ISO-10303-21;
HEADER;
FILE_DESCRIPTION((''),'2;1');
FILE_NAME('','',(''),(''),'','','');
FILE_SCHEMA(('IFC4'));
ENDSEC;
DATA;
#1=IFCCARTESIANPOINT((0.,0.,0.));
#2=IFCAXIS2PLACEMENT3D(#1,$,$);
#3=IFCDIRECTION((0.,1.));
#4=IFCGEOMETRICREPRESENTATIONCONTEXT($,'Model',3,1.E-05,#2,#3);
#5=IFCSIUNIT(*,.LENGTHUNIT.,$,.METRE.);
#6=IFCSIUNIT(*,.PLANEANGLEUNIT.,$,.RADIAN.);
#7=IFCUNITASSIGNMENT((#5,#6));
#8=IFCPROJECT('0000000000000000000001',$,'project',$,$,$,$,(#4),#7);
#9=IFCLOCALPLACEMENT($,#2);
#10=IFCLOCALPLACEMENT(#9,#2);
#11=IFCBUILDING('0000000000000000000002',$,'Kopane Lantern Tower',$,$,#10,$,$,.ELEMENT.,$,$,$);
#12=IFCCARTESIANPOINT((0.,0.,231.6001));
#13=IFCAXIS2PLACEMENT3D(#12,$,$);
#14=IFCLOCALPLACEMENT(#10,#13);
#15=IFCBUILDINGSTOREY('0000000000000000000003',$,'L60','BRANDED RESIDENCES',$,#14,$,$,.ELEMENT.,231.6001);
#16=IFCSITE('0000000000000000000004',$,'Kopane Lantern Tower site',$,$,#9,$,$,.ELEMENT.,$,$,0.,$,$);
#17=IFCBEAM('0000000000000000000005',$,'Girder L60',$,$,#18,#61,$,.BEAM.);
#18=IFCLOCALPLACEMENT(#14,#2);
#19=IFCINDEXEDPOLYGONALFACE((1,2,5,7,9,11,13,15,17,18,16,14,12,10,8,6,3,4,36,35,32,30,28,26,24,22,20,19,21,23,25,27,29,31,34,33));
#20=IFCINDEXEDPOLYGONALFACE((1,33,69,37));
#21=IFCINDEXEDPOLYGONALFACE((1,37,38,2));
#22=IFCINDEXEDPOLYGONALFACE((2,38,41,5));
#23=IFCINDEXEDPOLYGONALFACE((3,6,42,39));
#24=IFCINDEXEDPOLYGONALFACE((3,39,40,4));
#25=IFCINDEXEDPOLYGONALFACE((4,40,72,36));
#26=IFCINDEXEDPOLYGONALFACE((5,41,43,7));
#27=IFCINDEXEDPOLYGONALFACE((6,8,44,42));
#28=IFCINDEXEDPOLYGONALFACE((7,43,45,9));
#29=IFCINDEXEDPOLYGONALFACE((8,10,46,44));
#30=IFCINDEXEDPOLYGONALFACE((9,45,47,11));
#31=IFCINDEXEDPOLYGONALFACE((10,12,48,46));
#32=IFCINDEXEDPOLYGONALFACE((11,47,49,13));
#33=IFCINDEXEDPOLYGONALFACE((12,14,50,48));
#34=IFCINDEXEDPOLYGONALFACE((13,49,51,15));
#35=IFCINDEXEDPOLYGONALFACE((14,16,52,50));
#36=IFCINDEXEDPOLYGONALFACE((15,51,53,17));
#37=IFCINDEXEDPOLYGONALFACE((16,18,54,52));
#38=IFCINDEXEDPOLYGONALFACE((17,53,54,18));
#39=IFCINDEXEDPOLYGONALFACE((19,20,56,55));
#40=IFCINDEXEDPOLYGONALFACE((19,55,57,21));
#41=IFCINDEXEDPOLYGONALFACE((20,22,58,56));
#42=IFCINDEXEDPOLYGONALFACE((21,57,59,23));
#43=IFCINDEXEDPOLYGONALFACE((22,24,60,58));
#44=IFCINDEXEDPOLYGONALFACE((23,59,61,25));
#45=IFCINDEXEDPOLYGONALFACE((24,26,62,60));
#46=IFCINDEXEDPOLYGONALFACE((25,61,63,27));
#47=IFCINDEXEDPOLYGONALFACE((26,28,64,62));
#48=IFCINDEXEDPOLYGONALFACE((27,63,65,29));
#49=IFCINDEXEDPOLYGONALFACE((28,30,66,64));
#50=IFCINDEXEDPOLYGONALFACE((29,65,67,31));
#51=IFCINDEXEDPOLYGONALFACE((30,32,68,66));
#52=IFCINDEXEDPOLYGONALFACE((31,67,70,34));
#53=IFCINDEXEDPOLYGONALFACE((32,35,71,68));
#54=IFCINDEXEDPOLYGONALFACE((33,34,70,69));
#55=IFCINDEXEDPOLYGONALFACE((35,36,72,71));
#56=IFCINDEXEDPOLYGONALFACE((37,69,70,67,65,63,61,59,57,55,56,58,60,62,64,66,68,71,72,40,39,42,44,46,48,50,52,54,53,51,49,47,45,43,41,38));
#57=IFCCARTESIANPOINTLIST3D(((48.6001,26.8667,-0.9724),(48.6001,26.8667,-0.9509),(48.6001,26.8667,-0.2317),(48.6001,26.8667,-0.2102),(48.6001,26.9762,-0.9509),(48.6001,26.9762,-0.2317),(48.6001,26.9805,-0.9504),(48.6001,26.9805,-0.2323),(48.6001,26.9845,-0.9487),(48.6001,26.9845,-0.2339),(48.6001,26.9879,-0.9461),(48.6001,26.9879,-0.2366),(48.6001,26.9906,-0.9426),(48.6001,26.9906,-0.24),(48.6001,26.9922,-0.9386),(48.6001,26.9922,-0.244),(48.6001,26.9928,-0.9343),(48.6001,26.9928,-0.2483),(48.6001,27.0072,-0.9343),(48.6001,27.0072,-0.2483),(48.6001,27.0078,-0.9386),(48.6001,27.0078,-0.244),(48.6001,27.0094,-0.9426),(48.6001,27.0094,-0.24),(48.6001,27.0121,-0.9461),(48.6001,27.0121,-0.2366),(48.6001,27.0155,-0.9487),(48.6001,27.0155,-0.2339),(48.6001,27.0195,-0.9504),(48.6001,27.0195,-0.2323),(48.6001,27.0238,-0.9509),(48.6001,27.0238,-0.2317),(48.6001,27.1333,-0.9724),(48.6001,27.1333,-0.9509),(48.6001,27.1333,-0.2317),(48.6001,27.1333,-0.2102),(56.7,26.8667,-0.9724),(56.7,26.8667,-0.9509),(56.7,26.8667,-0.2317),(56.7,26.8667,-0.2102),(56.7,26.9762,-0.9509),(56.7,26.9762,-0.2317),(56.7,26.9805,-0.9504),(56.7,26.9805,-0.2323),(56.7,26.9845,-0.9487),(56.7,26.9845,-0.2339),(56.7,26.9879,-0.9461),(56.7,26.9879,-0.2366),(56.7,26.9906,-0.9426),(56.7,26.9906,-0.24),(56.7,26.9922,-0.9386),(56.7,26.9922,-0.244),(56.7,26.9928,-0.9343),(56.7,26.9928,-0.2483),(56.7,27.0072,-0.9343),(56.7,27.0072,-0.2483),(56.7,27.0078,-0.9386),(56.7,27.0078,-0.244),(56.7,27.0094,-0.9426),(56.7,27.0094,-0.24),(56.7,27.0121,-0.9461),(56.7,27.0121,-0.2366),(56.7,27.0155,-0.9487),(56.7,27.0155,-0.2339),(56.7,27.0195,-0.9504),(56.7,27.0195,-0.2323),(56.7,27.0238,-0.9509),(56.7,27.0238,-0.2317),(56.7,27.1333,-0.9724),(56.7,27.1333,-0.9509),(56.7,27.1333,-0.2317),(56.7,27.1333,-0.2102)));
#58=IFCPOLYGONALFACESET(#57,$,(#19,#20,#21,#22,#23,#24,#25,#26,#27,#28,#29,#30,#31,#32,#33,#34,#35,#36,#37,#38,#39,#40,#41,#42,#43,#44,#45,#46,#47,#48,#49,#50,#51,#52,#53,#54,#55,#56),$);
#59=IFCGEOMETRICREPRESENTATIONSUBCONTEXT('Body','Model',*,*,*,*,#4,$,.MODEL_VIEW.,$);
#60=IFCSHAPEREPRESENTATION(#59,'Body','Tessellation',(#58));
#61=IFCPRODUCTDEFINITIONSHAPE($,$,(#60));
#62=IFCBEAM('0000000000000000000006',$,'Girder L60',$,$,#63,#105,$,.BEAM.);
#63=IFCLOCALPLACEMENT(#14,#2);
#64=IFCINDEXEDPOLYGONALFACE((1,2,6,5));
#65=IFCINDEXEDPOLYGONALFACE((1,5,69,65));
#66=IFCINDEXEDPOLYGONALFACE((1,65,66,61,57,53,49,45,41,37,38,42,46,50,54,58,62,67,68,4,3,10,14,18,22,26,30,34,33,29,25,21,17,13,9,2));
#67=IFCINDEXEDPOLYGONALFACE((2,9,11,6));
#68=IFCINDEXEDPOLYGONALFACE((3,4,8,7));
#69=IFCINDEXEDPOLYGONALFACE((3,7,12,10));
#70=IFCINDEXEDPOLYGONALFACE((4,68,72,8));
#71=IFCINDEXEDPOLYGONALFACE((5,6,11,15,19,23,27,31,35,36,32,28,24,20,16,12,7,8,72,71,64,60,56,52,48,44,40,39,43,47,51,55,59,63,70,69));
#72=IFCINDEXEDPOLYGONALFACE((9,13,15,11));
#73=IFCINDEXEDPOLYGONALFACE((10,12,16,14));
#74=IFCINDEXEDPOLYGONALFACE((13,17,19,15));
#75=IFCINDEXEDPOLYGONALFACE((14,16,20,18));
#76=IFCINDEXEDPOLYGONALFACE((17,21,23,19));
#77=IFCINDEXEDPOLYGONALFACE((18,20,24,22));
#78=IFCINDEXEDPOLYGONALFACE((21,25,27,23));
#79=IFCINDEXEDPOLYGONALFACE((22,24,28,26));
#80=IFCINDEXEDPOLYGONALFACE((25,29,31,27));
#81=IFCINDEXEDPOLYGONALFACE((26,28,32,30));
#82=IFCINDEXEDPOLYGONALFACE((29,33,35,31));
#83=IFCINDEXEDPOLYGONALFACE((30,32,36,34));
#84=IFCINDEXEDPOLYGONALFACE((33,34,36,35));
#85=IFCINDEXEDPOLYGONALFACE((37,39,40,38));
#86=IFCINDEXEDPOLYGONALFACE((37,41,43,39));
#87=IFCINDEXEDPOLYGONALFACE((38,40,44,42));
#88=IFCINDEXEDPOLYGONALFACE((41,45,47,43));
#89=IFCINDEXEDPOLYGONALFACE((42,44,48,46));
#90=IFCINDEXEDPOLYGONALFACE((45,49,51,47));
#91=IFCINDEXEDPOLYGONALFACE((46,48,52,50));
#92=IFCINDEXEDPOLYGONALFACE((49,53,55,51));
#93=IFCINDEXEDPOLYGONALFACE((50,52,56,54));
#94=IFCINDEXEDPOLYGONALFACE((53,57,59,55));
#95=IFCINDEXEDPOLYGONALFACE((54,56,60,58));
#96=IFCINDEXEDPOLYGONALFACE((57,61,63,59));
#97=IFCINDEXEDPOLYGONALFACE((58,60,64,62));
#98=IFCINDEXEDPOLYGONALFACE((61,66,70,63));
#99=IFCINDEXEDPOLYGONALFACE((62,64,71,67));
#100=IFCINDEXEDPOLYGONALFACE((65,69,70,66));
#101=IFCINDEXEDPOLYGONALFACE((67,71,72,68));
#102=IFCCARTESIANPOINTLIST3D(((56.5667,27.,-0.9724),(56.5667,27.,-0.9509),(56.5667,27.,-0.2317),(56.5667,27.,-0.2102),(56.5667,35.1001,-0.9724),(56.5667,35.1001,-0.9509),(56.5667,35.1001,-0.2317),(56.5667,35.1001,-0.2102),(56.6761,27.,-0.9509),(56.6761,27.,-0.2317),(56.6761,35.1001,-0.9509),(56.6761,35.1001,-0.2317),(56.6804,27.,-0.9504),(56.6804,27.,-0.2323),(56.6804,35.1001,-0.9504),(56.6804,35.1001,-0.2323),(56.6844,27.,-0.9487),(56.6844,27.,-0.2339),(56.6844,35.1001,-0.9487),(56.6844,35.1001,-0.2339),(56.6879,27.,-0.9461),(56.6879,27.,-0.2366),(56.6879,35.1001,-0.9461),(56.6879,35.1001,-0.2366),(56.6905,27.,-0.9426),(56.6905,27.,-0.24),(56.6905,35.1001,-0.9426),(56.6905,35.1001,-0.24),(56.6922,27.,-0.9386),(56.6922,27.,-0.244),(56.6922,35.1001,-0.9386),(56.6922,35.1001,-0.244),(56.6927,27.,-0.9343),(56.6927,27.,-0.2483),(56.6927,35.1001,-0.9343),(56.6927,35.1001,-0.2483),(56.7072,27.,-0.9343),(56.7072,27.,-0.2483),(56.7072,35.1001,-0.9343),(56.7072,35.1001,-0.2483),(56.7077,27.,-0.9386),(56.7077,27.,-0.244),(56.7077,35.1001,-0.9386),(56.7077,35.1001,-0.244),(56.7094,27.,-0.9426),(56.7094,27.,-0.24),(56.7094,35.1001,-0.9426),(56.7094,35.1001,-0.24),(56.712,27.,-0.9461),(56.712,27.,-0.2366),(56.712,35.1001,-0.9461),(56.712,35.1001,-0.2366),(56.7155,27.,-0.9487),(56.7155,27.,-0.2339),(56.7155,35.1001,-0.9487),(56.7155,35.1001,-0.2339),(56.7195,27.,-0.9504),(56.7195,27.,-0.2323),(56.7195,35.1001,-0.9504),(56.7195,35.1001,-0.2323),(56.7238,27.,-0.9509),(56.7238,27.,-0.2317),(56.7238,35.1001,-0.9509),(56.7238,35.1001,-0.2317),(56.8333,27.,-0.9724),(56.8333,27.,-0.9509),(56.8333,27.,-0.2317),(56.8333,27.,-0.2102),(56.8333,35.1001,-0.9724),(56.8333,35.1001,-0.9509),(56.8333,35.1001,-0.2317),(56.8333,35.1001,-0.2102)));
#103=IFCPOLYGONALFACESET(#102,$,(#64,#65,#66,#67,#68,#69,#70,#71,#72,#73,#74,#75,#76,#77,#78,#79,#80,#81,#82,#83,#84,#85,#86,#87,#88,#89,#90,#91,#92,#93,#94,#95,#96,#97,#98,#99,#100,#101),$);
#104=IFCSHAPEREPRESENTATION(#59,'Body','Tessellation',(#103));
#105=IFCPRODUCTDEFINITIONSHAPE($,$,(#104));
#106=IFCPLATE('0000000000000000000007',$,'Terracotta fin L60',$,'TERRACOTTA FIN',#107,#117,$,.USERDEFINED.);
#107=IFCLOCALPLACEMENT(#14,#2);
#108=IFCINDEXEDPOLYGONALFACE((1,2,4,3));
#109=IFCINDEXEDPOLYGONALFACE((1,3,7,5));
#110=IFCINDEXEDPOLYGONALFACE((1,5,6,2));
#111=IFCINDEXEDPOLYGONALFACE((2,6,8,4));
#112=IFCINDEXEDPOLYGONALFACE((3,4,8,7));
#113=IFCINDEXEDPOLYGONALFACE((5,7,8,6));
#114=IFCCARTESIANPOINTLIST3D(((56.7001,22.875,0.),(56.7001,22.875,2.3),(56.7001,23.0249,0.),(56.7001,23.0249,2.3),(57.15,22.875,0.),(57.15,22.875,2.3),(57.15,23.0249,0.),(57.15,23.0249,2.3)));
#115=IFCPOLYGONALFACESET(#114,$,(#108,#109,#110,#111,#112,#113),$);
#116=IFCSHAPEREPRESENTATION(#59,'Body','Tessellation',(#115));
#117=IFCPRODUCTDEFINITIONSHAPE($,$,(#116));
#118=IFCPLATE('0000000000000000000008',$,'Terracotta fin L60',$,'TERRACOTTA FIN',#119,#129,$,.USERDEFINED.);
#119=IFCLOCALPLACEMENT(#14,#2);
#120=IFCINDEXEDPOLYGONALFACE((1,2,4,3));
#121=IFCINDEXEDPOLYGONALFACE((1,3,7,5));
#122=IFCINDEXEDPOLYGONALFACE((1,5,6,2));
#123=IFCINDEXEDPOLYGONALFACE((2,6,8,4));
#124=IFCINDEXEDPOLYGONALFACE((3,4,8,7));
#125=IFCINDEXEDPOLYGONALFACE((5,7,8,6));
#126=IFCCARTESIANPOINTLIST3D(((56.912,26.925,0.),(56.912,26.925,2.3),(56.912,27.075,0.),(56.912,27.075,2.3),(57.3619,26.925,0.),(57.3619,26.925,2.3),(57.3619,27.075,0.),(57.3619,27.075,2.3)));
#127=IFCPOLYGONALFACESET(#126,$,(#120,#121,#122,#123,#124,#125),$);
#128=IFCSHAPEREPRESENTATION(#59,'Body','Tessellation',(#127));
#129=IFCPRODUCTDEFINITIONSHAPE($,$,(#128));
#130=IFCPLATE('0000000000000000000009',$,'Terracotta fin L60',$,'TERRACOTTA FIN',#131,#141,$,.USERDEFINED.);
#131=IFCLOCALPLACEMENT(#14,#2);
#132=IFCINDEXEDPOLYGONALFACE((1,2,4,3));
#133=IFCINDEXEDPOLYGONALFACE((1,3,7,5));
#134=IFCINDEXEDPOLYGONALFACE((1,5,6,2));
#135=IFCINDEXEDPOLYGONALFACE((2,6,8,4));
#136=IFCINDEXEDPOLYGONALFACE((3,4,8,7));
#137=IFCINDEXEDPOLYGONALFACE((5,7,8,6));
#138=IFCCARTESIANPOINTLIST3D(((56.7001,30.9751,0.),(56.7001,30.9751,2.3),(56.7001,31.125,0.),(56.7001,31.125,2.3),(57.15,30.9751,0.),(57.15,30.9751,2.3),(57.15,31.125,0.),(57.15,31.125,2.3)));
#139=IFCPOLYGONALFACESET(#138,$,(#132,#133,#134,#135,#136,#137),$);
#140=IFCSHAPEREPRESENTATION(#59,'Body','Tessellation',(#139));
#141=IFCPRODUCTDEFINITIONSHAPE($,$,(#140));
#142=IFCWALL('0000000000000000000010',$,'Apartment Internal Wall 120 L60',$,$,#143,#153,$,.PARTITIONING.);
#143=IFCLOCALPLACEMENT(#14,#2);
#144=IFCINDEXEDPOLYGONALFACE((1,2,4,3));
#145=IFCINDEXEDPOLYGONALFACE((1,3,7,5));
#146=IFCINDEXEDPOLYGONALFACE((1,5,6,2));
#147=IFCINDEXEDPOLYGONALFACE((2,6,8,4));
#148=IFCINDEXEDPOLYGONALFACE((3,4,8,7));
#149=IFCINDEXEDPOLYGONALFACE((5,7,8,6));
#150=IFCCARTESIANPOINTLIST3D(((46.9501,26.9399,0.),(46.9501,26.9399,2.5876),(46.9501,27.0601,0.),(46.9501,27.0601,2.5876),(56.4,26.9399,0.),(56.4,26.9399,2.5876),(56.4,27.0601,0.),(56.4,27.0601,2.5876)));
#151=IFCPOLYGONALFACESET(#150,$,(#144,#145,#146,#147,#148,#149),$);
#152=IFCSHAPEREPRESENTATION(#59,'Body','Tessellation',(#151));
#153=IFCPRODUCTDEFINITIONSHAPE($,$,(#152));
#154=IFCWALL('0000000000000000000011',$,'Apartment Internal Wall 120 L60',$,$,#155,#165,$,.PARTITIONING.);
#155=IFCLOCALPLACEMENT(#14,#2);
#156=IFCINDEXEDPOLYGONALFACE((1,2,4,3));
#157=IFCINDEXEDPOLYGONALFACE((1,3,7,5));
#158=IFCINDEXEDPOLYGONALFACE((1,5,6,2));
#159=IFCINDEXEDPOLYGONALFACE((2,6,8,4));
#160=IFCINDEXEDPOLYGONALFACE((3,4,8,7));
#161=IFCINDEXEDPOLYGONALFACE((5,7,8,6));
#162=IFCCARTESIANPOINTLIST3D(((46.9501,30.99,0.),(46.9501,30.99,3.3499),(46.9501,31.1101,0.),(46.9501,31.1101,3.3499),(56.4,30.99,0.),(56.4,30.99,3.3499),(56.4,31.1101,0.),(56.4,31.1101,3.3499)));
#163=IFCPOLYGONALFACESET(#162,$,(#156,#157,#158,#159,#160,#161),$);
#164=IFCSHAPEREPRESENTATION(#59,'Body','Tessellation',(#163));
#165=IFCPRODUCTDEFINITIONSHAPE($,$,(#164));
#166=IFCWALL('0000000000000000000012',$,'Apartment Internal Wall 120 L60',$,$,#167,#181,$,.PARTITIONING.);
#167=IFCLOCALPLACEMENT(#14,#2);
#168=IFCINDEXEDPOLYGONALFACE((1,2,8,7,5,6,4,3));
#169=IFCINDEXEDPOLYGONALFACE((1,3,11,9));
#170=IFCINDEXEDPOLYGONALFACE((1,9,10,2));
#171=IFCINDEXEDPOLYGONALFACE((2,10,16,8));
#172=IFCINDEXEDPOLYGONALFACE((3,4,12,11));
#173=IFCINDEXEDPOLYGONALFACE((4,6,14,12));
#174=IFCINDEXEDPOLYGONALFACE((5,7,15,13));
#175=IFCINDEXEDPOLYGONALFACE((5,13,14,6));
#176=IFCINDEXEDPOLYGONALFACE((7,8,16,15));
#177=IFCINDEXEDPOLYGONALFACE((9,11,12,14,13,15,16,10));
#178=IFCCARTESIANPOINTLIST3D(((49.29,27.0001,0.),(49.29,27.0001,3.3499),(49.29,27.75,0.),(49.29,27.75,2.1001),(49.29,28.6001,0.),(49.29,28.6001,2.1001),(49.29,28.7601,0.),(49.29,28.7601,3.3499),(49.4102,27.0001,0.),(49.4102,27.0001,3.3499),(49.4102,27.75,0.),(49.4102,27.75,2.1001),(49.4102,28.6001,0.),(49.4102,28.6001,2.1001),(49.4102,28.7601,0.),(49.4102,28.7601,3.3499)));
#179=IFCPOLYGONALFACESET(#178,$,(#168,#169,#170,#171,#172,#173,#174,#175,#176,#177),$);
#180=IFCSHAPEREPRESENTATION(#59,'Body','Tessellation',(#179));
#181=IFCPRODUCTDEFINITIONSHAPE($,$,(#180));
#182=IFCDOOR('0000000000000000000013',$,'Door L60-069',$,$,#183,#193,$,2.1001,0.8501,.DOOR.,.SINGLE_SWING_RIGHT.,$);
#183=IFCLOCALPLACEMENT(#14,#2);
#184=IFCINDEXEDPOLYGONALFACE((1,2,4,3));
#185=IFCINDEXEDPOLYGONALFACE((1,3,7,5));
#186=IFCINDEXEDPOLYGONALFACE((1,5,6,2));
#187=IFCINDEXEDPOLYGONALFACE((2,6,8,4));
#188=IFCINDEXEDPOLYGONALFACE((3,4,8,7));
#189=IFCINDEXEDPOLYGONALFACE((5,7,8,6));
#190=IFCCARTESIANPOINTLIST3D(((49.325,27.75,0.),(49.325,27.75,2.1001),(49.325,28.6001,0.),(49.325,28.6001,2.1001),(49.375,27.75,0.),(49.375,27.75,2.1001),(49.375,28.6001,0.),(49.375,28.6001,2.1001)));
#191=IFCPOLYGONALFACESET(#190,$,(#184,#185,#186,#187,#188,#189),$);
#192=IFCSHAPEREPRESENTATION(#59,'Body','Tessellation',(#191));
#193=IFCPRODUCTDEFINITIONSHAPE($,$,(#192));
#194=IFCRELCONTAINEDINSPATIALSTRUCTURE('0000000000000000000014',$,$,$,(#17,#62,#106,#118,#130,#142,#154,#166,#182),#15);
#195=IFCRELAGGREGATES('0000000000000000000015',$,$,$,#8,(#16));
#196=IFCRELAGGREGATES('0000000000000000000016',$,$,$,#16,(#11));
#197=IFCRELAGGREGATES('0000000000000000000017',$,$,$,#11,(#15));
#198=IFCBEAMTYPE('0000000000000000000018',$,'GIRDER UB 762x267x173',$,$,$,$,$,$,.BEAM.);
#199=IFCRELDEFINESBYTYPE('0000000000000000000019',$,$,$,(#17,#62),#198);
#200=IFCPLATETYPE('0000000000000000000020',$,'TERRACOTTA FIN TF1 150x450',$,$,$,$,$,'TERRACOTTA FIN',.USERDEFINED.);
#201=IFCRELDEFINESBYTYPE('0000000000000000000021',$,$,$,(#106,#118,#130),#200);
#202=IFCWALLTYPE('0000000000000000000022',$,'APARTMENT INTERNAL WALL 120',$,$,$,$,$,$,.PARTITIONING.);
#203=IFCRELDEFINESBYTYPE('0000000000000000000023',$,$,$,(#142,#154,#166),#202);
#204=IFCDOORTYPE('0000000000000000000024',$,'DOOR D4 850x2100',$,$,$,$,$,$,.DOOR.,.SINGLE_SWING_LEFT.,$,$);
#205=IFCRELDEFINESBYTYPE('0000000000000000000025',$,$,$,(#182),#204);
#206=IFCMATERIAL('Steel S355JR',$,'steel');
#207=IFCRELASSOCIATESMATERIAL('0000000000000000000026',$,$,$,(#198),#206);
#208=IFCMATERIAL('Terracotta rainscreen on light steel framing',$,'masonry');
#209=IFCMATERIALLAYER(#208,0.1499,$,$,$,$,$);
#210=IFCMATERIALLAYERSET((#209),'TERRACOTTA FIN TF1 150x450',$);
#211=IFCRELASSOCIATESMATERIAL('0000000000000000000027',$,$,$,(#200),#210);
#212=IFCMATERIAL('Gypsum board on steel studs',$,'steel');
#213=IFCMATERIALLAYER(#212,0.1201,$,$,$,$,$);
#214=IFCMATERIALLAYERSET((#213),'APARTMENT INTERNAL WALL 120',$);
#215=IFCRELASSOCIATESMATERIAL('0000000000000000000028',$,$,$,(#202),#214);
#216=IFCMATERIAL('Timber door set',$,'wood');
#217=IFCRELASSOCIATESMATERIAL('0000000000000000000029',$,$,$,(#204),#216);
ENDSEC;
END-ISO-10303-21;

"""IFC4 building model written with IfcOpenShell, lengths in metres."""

from ifc_helpers import new_model, si_unit, direction, frame, frame_2d, origin, origin_2d, place, context, subcontext, project, spatial, rectangle, i_section, extrude, material, layer, layer_set, material_profile, profile_set, type_object, element, fill, save


model = new_model("IFC4")

# Units and contexts
model_context = context("Model", 3, precision=1e-05, world=origin(), true_north=direction((0.0, 1.0)))
body_context = subcontext(model_context, "Body", "Model", "MODEL_VIEW")
ifc_project = project(units=[si_unit("LENGTHUNIT", "METRE"), si_unit("PLANEANGLEUNIT", "RADIAN")], contexts=[model_context])

# Site, building, storey
site_placement = place(None, origin())
site = spatial("IfcSite", under=ifc_project, at=site_placement, Name="Kopane Lantern Tower site", CompositionType="ELEMENT", RefElevation=0.0)
building_placement = place(site_placement, origin())
building = spatial("IfcBuilding", under=site, at=building_placement, Name="Kopane Lantern Tower", CompositionType="ELEMENT")
storey_placement = place(building_placement, frame((0.0, 0.0, 231.6001)))
storey = spatial("IfcBuildingStorey", under=building, at=storey_placement, Name="L60", Description="BRANDED RESIDENCES", CompositionType="ELEMENT", Elevation=231.6001)

# Beams
ifc_material_1 = material(Name="Steel S355JR", Category="steel")
ifc_material_profile_1 = material_profile(ifc_material_1, i_section(OverallWidth=0.2666, OverallDepth=0.7622, WebThickness=0.0144, FlangeThickness=0.0215, FilletRadius=0.0166, at=origin_2d()), Name="UB 762x267x173")
ifc_profile_set_1 = profile_set([ifc_material_profile_1], Name="Steel S355JR")
beam_type = type_object("IfcBeamType", Name="GIRDER UB 762x267x173", PredefinedType="BEAM", material=ifc_profile_set_1)
beam_1_placement = place(storey_placement, frame((48.6001, 27.0, -0.5913), z_axis=(1.0, 0.0, 0.0), x_axis=(0.0, 1.0, 0.0)))
element("IfcBeam", 1, at=beam_1_placement, inside=storey, type_object=beam_type, Name="Girder L60", PredefinedType="BEAM", context=body_context, shape_type="SweptSolid", body=[
    extrude(i_section(OverallWidth=0.2666, OverallDepth=0.7622, WebThickness=0.0144, FlangeThickness=0.0215, FilletRadius=0.0166, at=origin_2d()), origin(), (0.0, 0.0, 1.0), 8.0999),
])
beam_2_placement = place(storey_placement, frame((56.7, 27.0, -0.5913), z_axis=(0.0, 1.0, 0.0), x_axis=(-1.0, 0.0, 0.0)))
element("IfcBeam", 2, at=beam_2_placement, inside=storey, type_object=beam_type, Name="Girder L60", PredefinedType="BEAM", context=body_context, shape_type="SweptSolid", body=[
    extrude(i_section(OverallWidth=0.2666, OverallDepth=0.7622, WebThickness=0.0144, FlangeThickness=0.0215, FilletRadius=0.0166, at=origin_2d()), origin(), (0.0, 0.0, 1.0), 8.1001),
])

# Plates
ifc_material_2 = material(Name="Terracotta rainscreen on light steel framing", Category="masonry")
ifc_layer_1 = layer(ifc_material_2, 0.1499)
ifc_layer_set_1 = layer_set([ifc_layer_1], Name="TERRACOTTA FIN TF1 150x450")
plate_type = type_object("IfcPlateType", Name="TERRACOTTA FIN TF1 150x450", ElementType="TERRACOTTA FIN", PredefinedType="USERDEFINED", material=ifc_layer_set_1)
for number, where, z_axis, x_axis, name in (
    (3, (56.925, 22.95, 0.0), (0.0, 0.0, 1.0), (0.0, 1.0, 0.0), "Terracotta fin L60"),
    (4, (57.137, 27.0, 0.0), (0.0, 0.0, 1.0), (0.0, 1.0, 0.0), "Terracotta fin L60"),
    (5, (56.925, 31.05, 0.0), (0.0, 0.0, 1.0), (0.0, 1.0, 0.0), "Terracotta fin L60"),
):
    element("IfcPlate", number, at=place(storey_placement, frame(where, z_axis=z_axis, x_axis=x_axis)), inside=storey, type_object=plate_type, Name=name, ObjectType="TERRACOTTA FIN", PredefinedType="USERDEFINED", context=body_context, shape_type="SweptSolid", body=[
        extrude(rectangle(XDim=0.1499, YDim=0.45, at=origin_2d()), origin(), (0.0, 0.0, 1.0), 2.3),
    ])

# Walls
ifc_material_3 = material(Name="Gypsum board on steel studs", Category="steel")
ifc_layer_2 = layer(ifc_material_3, 0.1201)
ifc_layer_set_2 = layer_set([ifc_layer_2], Name="APARTMENT INTERNAL WALL 120")
wall_type_1 = type_object("IfcWallType", Name="APARTMENT INTERNAL WALL 120", PredefinedType="PARTITIONING", material=ifc_layer_set_2)
wall_1_placement = place(storey_placement, frame((46.95, 27.0, 0.0), z_axis=(0.0, 0.0, 1.0), x_axis=(1.0, 0.0, 0.0)))
element("IfcWall", 6, at=wall_1_placement, inside=storey, type_object=wall_type_1, Name="Apartment Internal Wall 120 L60", PredefinedType="PARTITIONING", context=body_context, shape_type="SweptSolid", body=[
    extrude(rectangle(XDim=9.45, YDim=0.1201, at=frame_2d((4.7251, 0.0))), origin(), (0.0, 0.0, 1.0), 2.5876),
])
wall_2_placement = place(storey_placement, frame((46.95, 31.05, 0.0), z_axis=(0.0, 0.0, 1.0), x_axis=(1.0, 0.0, 0.0)))
element("IfcWall", 7, at=wall_2_placement, inside=storey, type_object=wall_type_1, Name="Apartment Internal Wall 120 L60", PredefinedType="PARTITIONING", context=body_context, shape_type="SweptSolid", body=[
    extrude(rectangle(XDim=9.45, YDim=0.1201, at=frame_2d((4.7251, 0.0))), origin(), (0.0, 0.0, 1.0), 3.3499),
])

# Wall, opening, door
wall_3_placement = place(storey_placement, frame((49.3501, 28.76, 0.0), z_axis=(0.0, 0.0, 1.0), x_axis=(0.0, -1.0, 0.0)))
wall_3 = element("IfcWall", 8, at=wall_3_placement, inside=storey, type_object=wall_type_1, Name="Apartment Internal Wall 120 L60", PredefinedType="PARTITIONING", context=body_context, shape_type="SweptSolid", body=[
    extrude(rectangle(XDim=1.76, YDim=0.1201, at=frame_2d((0.8799, 0.0))), origin(), (0.0, 0.0, 1.0), 3.3499),
])
opening_1_placement = place(wall_3_placement, frame((0.1599, 0.0, 0.0)))
opening_1 = element("IfcOpeningElement", 9, at=opening_1_placement, cuts=wall_3, PredefinedType="OPENING", context=body_context, shape_type="SweptSolid", body=[
    extrude(rectangle(XDim=0.8501, YDim=2.1001, at=frame_2d((0.425, 1.05))), frame((0.0, 0.0701, 0.0), z_axis=(0.0, -1.0, 0.0), x_axis=(1.0, 0.0, 0.0)), (0.0, 0.0, 1.0), 0.1401),
])
ifc_material_4 = material(Name="Timber door set", Category="wood")
door_type_1 = type_object("IfcDoorType", Name="DOOR D4 850x2100", OperationType="SINGLE_SWING_LEFT", PredefinedType="DOOR", material=ifc_material_4)
door_1_placement = place(opening_1_placement, origin())
door_1 = element("IfcDoor", 10, at=door_1_placement, inside=storey, type_object=door_type_1, Name="Door L60-069", OperationType="SINGLE_SWING_RIGHT", OverallHeight=2.1001, OverallWidth=0.8501, PredefinedType="DOOR", context=body_context, shape_type="SweptSolid", body=[
    extrude(rectangle(XDim=0.8501, YDim=2.1001, at=frame_2d((0.425, 1.05))), frame((0.0, 0.0249, 0.0), z_axis=(0.0, -1.0, 0.0), x_axis=(1.0, 0.0, 0.0)), (0.0, 0.0, 1.0), 0.05),
])
fill(opening_1, door_1)

save(model, "model.ifc")
